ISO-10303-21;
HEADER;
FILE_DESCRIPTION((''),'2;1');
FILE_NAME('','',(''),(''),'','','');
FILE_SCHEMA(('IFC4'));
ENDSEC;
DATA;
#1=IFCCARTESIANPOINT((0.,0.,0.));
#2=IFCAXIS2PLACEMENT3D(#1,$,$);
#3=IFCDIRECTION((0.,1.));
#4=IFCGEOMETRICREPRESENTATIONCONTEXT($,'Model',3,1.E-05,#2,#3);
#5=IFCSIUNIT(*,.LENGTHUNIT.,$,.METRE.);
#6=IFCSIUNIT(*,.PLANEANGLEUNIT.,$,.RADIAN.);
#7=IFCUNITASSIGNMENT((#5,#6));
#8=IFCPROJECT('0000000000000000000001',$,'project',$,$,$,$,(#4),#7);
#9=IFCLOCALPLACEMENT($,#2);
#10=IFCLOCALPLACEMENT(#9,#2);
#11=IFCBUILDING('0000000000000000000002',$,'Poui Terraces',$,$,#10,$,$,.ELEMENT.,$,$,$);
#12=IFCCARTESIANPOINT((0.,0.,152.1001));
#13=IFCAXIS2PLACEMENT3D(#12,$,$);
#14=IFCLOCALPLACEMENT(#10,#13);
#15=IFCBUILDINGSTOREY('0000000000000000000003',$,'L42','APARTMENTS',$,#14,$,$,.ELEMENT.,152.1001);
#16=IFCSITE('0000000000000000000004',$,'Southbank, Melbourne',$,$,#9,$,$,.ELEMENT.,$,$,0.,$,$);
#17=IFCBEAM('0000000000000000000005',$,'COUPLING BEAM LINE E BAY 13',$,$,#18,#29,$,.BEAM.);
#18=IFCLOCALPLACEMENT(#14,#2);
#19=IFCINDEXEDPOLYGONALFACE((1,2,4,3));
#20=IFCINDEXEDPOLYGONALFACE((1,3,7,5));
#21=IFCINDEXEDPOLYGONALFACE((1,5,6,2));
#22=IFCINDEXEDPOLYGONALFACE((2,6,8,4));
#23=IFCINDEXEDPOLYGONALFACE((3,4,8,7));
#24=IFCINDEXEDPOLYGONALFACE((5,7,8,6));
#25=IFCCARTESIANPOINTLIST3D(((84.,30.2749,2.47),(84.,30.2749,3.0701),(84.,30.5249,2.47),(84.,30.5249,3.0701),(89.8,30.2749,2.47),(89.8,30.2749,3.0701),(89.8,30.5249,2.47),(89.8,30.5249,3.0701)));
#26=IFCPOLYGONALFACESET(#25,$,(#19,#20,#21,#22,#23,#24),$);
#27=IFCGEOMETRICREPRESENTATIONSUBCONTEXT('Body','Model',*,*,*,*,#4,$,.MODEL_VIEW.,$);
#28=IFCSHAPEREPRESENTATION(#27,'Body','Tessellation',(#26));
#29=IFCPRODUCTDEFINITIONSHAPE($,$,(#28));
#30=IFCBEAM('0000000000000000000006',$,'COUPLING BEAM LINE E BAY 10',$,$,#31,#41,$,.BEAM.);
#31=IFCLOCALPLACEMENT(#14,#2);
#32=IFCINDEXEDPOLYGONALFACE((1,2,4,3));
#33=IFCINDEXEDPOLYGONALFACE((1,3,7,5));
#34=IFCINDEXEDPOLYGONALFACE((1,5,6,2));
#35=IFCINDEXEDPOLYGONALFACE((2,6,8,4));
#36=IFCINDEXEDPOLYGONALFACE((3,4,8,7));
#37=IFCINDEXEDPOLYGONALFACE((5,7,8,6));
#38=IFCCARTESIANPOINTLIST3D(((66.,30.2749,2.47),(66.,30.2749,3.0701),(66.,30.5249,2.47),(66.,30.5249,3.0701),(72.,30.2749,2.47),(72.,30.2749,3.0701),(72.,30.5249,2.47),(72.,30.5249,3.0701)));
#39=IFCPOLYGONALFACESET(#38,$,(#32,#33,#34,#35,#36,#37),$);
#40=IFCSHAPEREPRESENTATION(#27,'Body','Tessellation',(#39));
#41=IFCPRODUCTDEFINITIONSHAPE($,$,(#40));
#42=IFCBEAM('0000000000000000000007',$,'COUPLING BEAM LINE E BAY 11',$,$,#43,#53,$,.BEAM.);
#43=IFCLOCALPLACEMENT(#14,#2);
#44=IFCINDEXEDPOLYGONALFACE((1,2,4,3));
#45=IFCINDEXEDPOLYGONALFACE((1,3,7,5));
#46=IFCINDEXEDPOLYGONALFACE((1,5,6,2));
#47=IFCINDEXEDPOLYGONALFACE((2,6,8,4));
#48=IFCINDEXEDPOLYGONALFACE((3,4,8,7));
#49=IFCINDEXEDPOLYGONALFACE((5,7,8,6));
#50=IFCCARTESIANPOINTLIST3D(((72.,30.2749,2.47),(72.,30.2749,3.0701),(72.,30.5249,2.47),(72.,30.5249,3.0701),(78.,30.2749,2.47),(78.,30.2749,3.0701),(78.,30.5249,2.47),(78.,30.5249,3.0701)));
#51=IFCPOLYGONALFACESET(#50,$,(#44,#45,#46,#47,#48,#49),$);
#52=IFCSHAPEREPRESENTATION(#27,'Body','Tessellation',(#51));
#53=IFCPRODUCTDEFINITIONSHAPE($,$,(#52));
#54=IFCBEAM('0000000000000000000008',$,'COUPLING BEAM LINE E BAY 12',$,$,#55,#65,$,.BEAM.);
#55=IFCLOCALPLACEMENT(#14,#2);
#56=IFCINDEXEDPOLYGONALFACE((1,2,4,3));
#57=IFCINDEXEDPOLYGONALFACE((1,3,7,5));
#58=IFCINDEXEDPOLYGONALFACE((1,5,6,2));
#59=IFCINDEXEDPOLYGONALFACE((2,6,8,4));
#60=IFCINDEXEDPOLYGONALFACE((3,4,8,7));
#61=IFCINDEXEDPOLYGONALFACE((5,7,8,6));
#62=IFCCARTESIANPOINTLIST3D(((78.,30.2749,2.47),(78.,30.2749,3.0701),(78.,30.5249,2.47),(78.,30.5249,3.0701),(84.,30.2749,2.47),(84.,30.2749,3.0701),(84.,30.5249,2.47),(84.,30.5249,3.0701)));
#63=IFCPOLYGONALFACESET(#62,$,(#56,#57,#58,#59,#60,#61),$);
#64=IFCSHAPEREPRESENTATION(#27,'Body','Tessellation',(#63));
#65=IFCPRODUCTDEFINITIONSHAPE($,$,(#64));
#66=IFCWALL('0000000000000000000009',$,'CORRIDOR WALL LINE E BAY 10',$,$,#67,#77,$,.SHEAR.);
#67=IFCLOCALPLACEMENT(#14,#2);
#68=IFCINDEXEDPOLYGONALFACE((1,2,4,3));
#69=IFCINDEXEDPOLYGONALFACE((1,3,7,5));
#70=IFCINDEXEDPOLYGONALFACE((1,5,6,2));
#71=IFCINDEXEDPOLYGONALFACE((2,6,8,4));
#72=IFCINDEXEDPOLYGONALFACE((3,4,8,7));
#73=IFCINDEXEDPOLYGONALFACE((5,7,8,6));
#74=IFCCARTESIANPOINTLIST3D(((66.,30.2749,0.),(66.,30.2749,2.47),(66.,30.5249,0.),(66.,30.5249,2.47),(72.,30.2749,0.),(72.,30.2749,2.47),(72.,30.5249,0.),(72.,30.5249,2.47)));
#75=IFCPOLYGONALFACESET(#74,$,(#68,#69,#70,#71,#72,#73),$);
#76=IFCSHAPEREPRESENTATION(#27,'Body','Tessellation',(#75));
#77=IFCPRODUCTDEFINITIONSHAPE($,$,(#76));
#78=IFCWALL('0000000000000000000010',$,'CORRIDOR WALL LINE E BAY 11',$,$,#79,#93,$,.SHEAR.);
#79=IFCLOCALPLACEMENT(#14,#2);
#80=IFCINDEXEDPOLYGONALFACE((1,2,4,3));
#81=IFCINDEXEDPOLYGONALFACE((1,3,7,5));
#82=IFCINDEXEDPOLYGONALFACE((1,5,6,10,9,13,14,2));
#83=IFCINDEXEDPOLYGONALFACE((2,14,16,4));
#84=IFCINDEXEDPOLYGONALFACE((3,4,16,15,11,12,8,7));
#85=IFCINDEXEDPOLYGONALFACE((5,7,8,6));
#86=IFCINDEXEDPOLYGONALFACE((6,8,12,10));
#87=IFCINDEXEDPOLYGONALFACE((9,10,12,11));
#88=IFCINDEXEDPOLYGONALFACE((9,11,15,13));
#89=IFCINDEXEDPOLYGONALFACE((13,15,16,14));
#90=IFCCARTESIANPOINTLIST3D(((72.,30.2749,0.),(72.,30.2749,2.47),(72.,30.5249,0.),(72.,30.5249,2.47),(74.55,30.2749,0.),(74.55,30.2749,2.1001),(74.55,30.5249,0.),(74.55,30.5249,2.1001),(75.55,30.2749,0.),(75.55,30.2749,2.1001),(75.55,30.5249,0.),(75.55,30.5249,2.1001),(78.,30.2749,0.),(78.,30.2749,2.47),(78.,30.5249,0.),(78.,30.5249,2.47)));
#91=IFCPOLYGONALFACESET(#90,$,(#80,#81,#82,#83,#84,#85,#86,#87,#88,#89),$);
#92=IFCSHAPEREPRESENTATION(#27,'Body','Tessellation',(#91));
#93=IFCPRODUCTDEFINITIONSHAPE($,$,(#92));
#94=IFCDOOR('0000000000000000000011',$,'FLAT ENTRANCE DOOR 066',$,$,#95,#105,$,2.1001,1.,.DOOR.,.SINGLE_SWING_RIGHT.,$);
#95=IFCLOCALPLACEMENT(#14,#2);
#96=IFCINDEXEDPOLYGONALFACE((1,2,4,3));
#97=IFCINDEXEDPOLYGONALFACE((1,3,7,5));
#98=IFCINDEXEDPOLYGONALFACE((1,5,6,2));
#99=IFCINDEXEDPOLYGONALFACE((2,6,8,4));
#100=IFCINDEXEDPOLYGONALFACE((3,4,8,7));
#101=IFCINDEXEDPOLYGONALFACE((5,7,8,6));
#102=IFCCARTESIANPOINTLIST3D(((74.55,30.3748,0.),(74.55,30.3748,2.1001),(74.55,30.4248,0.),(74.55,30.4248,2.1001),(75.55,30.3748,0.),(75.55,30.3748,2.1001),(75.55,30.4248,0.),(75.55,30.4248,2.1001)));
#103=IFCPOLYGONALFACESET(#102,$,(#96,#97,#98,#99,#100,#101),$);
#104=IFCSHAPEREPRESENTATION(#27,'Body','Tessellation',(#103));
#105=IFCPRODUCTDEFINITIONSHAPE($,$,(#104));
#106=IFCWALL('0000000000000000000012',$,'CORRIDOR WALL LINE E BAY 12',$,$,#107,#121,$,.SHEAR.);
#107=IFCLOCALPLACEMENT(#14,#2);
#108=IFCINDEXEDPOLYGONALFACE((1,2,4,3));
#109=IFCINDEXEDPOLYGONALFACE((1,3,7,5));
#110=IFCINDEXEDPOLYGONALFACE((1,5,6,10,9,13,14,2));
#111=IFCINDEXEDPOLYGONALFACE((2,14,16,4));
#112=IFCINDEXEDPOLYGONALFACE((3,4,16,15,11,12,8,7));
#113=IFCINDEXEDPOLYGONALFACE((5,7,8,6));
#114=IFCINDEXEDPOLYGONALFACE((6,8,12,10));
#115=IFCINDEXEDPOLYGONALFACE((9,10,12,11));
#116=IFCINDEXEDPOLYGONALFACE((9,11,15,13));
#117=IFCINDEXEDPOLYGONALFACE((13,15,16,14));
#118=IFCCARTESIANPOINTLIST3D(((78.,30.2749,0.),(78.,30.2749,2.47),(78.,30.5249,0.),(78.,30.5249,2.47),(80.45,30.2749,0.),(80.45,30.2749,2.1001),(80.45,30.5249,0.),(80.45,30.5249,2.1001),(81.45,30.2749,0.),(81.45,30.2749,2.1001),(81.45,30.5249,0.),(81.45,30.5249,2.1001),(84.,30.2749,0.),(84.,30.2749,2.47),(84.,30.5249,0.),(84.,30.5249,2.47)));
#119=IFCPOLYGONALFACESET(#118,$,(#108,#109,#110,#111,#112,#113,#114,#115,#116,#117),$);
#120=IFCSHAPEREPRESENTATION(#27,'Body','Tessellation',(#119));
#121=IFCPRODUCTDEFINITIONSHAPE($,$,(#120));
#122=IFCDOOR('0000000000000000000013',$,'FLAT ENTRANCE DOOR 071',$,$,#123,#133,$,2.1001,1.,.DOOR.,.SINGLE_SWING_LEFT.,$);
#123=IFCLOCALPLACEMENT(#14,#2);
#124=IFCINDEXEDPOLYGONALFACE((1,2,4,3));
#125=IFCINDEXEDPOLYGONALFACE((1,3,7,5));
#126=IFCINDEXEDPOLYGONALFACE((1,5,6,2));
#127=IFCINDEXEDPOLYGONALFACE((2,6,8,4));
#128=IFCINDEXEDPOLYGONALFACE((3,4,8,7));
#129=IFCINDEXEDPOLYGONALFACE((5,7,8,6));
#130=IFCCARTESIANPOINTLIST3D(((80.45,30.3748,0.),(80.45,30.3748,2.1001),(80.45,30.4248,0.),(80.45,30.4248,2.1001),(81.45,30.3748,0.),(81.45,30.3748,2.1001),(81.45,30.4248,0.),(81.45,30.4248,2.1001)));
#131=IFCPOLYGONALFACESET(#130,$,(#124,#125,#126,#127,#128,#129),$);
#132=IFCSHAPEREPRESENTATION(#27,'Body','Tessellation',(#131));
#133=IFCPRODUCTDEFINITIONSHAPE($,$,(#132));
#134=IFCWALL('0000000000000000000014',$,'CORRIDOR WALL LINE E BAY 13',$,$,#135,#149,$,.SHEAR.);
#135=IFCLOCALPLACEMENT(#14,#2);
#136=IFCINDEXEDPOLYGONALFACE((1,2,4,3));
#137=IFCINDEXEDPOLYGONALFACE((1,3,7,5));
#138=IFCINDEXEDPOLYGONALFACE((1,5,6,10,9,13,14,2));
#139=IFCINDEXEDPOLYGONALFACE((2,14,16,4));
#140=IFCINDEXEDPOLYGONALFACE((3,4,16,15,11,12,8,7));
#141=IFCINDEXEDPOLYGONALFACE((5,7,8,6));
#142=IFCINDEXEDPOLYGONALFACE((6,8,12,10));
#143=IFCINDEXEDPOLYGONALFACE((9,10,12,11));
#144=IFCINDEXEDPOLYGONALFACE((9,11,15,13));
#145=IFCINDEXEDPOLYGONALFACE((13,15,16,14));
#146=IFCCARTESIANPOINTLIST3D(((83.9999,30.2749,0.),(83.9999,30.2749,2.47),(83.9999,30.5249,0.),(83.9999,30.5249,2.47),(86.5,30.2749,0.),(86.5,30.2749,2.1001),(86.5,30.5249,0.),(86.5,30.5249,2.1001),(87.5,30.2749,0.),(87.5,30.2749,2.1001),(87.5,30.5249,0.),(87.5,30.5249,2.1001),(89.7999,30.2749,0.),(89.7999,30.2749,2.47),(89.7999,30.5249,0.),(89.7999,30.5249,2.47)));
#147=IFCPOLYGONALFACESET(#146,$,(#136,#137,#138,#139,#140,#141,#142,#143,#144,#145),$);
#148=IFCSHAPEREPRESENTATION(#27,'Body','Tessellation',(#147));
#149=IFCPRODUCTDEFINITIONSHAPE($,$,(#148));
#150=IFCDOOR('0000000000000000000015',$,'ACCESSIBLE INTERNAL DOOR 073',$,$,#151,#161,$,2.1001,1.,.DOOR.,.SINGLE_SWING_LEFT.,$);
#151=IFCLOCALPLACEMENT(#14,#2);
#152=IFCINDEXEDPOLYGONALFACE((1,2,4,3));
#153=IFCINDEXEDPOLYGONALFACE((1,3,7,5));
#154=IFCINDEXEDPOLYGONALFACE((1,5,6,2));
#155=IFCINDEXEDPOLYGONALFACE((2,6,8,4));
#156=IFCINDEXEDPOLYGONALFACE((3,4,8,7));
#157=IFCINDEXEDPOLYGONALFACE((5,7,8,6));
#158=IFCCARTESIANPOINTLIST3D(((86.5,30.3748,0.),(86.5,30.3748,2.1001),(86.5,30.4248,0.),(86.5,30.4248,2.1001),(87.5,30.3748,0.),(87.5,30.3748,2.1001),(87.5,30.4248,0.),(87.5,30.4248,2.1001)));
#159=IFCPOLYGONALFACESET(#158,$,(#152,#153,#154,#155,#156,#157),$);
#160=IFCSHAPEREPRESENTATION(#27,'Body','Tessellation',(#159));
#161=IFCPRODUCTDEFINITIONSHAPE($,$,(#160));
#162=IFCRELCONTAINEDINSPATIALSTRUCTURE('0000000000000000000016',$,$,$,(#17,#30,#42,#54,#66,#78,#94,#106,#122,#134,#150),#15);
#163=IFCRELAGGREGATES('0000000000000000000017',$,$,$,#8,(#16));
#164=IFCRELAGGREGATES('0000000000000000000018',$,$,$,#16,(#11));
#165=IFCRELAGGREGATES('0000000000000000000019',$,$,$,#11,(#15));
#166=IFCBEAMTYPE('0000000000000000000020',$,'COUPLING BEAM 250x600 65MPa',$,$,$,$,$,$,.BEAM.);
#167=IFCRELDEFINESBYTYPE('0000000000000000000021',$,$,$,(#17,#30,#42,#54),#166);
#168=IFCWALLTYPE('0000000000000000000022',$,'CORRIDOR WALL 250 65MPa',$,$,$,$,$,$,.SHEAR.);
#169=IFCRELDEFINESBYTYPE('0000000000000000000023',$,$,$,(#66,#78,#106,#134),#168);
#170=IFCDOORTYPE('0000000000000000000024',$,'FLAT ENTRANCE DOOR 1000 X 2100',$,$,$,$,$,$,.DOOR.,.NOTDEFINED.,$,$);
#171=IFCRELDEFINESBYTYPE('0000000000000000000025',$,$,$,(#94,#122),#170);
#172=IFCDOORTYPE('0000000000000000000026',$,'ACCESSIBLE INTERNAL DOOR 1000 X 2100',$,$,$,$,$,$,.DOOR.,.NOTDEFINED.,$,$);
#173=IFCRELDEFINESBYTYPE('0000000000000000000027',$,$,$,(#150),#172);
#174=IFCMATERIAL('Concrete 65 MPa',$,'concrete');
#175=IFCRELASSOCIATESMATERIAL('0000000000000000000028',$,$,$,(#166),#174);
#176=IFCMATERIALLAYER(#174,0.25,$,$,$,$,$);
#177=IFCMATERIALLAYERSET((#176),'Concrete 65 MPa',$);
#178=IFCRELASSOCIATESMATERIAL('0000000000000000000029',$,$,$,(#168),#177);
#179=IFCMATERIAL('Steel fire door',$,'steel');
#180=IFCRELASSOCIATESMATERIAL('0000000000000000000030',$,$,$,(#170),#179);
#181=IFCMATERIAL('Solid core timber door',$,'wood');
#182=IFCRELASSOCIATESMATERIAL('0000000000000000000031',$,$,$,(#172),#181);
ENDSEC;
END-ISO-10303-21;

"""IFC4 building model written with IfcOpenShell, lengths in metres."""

from ifc_helpers import new_model, si_unit, direction, frame, frame_2d, origin, origin_2d, place, context, subcontext, project, spatial, rectangle, extrude, source, transform, mapped, material, layer, layer_set, material_profile, profile_set, type_object, element, fill, save


model = new_model("IFC4")

# Units and contexts
model_context = context("Model", 3, precision=1e-05, world=origin(), true_north=direction((0.0, 1.0)))
body_context = subcontext(model_context, "Body", "Model", "MODEL_VIEW")
ifc_project = project(units=[si_unit("LENGTHUNIT", "METRE"), si_unit("PLANEANGLEUNIT", "RADIAN")], contexts=[model_context])

# Site, building, storey
site_placement = place(None, origin())
site = spatial("IfcSite", under=ifc_project, at=site_placement, Name="Southbank, Melbourne", CompositionType="ELEMENT", RefElevation=0.0)
building_placement = place(site_placement, origin())
building = spatial("IfcBuilding", under=site, at=building_placement, Name="Poui Terraces", CompositionType="ELEMENT")
storey_placement = place(building_placement, frame((0.0, 0.0, 152.1001)))
storey = spatial("IfcBuildingStorey", under=building, at=storey_placement, Name="L42", Description="APARTMENTS", CompositionType="ELEMENT", Elevation=152.1001)

# Beams
ifc_material_1 = material(Name="Concrete 65 MPa", Category="concrete")
ifc_material_profile = material_profile(ifc_material_1, rectangle(XDim=0.25, YDim=0.6001, at=origin_2d()), Name="RC 250x600")
ifc_profile_set = profile_set([ifc_material_profile], Name="Concrete 65 MPa")
beam_type = type_object("IfcBeamType", Name="COUPLING BEAM 250x600 65MPa", PredefinedType="BEAM", material=ifc_profile_set)
shared_shape_1 = source(origin(), body_context, "Body", "SweptSolid", [
    extrude(rectangle(XDim=0.25, YDim=0.6001, at=origin_2d()), origin(), (0.0, 0.0, 1.0), 5.8),
])
beam_placement = place(storey_placement, frame((84.0, 30.3999, 2.77), z_axis=(1.0, 0.0, 0.0), x_axis=(0.0, 1.0, 0.0)))
element("IfcBeam", 1, at=beam_placement, inside=storey, type_object=beam_type, Name="COUPLING BEAM LINE E BAY 13", PredefinedType="BEAM", context=body_context, shape_type="MappedRepresentation", body=[
    mapped(shared_shape_1, transform((0.0, 0.0, 0.0))),
])
shared_shape_2 = source(origin(), body_context, "Body", "SweptSolid", [
    extrude(rectangle(XDim=0.25, YDim=0.6001, at=origin_2d()), origin(), (0.0, 0.0, 1.0), 6.0),
])
for number, where, z_axis, x_axis, name in (
    (2, (66.0, 30.3999, 2.77), (1.0, 0.0, 0.0), (0.0, 1.0, 0.0), "COUPLING BEAM LINE E BAY 10"),
    (3, (72.0, 30.3999, 2.77), (1.0, 0.0, 0.0), (0.0, 1.0, 0.0), "COUPLING BEAM LINE E BAY 11"),
    (4, (78.0, 30.3999, 2.77), (1.0, 0.0, 0.0), (0.0, 1.0, 0.0), "COUPLING BEAM LINE E BAY 12"),
):
    element("IfcBeam", number, at=place(storey_placement, frame(where, z_axis=z_axis, x_axis=x_axis)), inside=storey, type_object=beam_type, Name=name, PredefinedType="BEAM", context=body_context, shape_type="MappedRepresentation", body=[
        mapped(shared_shape_2, transform((0.0, 0.0, 0.0))),
    ])

# Wall
ifc_layer_1 = layer(ifc_material_1, 0.25)
ifc_layer_set_1 = layer_set([ifc_layer_1], Name="Concrete 65 MPa")
wall_type_1 = type_object("IfcWallType", Name="CORRIDOR WALL 250 65MPa", PredefinedType="SHEAR", material=ifc_layer_set_1)
wall_1_placement = place(storey_placement, frame((66.0, 30.3999, 0.0), z_axis=(0.0, 0.0, 1.0), x_axis=(1.0, 0.0, 0.0)))
element("IfcWall", 5, at=wall_1_placement, inside=storey, type_object=wall_type_1, Name="CORRIDOR WALL LINE E BAY 10", PredefinedType="SHEAR", context=body_context, shape_type="SweptSolid", body=[
    extrude(rectangle(XDim=6.0, YDim=0.25, at=frame_2d((3.0, 0.0))), origin(), (0.0, 0.0, 1.0), 2.47),
])

# Walls, openings, doors
wall_2_placement = place(storey_placement, frame((72.0, 30.3999, 0.0), z_axis=(0.0, 0.0, 1.0), x_axis=(1.0, 0.0, 0.0)))
wall_2 = element("IfcWall", 6, at=wall_2_placement, inside=storey, type_object=wall_type_1, Name="CORRIDOR WALL LINE E BAY 11", PredefinedType="SHEAR", context=body_context, shape_type="SweptSolid", body=[
    extrude(rectangle(XDim=6.0, YDim=0.25, at=frame_2d((3.0, 0.0))), origin(), (0.0, 0.0, 1.0), 2.47),
])
opening_1_placement = place(wall_2_placement, frame((2.55, 0.0, 0.0)))
opening_1 = element("IfcOpeningElement", 7, at=opening_1_placement, cuts=wall_2, PredefinedType="OPENING", context=body_context, shape_type="SweptSolid", body=[
    extrude(rectangle(XDim=1.0, YDim=2.1001, at=frame_2d((0.5, 1.05))), frame((0.0, 0.135, 0.0), z_axis=(0.0, -1.0, 0.0), x_axis=(1.0, 0.0, 0.0)), (0.0, 0.0, 1.0), 0.27),
])
ifc_material_2 = material(Name="Steel fire door", Category="steel")
door_type_1 = type_object("IfcDoorType", Name="FLAT ENTRANCE DOOR 1000 X 2100", OperationType="NOTDEFINED", PredefinedType="DOOR", material=ifc_material_2)
door_1_placement = place(opening_1_placement, origin())
door_1 = element("IfcDoor", 8, at=door_1_placement, inside=storey, type_object=door_type_1, Name="FLAT ENTRANCE DOOR 066", OperationType="SINGLE_SWING_RIGHT", OverallHeight=2.1001, OverallWidth=1.0, PredefinedType="DOOR", context=body_context, shape_type="SweptSolid", body=[
    extrude(rectangle(XDim=1.0, YDim=2.1001, at=frame_2d((0.5, 1.05))), frame((0.0, 0.0249, 0.0), z_axis=(0.0, -1.0, 0.0), x_axis=(1.0, 0.0, 0.0)), (0.0, 0.0, 1.0), 0.05),
])
fill(opening_1, door_1)
wall_3_placement = place(storey_placement, frame((78.0, 30.3999, 0.0), z_axis=(0.0, 0.0, 1.0), x_axis=(1.0, 0.0, 0.0)))
wall_3 = element("IfcWall", 9, at=wall_3_placement, inside=storey, type_object=wall_type_1, Name="CORRIDOR WALL LINE E BAY 12", PredefinedType="SHEAR", context=body_context, shape_type="SweptSolid", body=[
    extrude(rectangle(XDim=6.0, YDim=0.25, at=frame_2d((3.0, 0.0))), origin(), (0.0, 0.0, 1.0), 2.47),
])
opening_2_placement = place(wall_3_placement, frame((2.45, 0.0, 0.0)))
opening_2 = element("IfcOpeningElement", 10, at=opening_2_placement, cuts=wall_3, PredefinedType="OPENING", context=body_context, shape_type="SweptSolid", body=[
    extrude(rectangle(XDim=1.0, YDim=2.1001, at=frame_2d((0.5, 1.05))), frame((0.0, 0.135, 0.0), z_axis=(0.0, -1.0, 0.0), x_axis=(1.0, 0.0, 0.0)), (0.0, 0.0, 1.0), 0.27),
])
door_2_placement = place(opening_2_placement, origin())
door_2 = element("IfcDoor", 11, at=door_2_placement, inside=storey, type_object=door_type_1, Name="FLAT ENTRANCE DOOR 071", OperationType="SINGLE_SWING_LEFT", OverallHeight=2.1001, OverallWidth=1.0, PredefinedType="DOOR", context=body_context, shape_type="SweptSolid", body=[
    extrude(rectangle(XDim=1.0, YDim=2.1001, at=frame_2d((0.5, 1.05))), frame((0.0, 0.0249, 0.0), z_axis=(0.0, -1.0, 0.0), x_axis=(1.0, 0.0, 0.0)), (0.0, 0.0, 1.0), 0.05),
])
fill(opening_2, door_2)
wall_4_placement = place(storey_placement, frame((84.0, 30.3999, 0.0), z_axis=(0.0, 0.0, 1.0), x_axis=(1.0, 0.0, 0.0)))
wall_4 = element("IfcWall", 12, at=wall_4_placement, inside=storey, type_object=wall_type_1, Name="CORRIDOR WALL LINE E BAY 13", PredefinedType="SHEAR", context=body_context, shape_type="SweptSolid", body=[
    extrude(rectangle(XDim=5.8, YDim=0.25, at=frame_2d((2.8999, 0.0))), origin(), (0.0, 0.0, 1.0), 2.47),
])
opening_3_placement = place(wall_4_placement, frame((2.5, 0.0, 0.0)))
opening_3 = element("IfcOpeningElement", 13, at=opening_3_placement, cuts=wall_4, PredefinedType="OPENING", context=body_context, shape_type="SweptSolid", body=[
    extrude(rectangle(XDim=1.0, YDim=2.1001, at=frame_2d((0.5, 1.05))), frame((0.0, 0.135, 0.0), z_axis=(0.0, -1.0, 0.0), x_axis=(1.0, 0.0, 0.0)), (0.0, 0.0, 1.0), 0.27),
])
ifc_material_3 = material(Name="Solid core timber door", Category="wood")
door_type_2 = type_object("IfcDoorType", Name="ACCESSIBLE INTERNAL DOOR 1000 X 2100", OperationType="NOTDEFINED", PredefinedType="DOOR", material=ifc_material_3)
door_3_placement = place(opening_3_placement, origin())
door_3 = element("IfcDoor", 14, at=door_3_placement, inside=storey, type_object=door_type_2, Name="ACCESSIBLE INTERNAL DOOR 073", OperationType="SINGLE_SWING_LEFT", OverallHeight=2.1001, OverallWidth=1.0, PredefinedType="DOOR", context=body_context, shape_type="SweptSolid", body=[
    extrude(rectangle(XDim=1.0, YDim=2.1001, at=frame_2d((0.5, 1.05))), frame((0.0, 0.0249, 0.0), z_axis=(0.0, -1.0, 0.0), x_axis=(1.0, 0.0, 0.0)), (0.0, 0.0, 1.0), 0.05),
])
fill(opening_3, door_3)

save(model, "model.ifc")
